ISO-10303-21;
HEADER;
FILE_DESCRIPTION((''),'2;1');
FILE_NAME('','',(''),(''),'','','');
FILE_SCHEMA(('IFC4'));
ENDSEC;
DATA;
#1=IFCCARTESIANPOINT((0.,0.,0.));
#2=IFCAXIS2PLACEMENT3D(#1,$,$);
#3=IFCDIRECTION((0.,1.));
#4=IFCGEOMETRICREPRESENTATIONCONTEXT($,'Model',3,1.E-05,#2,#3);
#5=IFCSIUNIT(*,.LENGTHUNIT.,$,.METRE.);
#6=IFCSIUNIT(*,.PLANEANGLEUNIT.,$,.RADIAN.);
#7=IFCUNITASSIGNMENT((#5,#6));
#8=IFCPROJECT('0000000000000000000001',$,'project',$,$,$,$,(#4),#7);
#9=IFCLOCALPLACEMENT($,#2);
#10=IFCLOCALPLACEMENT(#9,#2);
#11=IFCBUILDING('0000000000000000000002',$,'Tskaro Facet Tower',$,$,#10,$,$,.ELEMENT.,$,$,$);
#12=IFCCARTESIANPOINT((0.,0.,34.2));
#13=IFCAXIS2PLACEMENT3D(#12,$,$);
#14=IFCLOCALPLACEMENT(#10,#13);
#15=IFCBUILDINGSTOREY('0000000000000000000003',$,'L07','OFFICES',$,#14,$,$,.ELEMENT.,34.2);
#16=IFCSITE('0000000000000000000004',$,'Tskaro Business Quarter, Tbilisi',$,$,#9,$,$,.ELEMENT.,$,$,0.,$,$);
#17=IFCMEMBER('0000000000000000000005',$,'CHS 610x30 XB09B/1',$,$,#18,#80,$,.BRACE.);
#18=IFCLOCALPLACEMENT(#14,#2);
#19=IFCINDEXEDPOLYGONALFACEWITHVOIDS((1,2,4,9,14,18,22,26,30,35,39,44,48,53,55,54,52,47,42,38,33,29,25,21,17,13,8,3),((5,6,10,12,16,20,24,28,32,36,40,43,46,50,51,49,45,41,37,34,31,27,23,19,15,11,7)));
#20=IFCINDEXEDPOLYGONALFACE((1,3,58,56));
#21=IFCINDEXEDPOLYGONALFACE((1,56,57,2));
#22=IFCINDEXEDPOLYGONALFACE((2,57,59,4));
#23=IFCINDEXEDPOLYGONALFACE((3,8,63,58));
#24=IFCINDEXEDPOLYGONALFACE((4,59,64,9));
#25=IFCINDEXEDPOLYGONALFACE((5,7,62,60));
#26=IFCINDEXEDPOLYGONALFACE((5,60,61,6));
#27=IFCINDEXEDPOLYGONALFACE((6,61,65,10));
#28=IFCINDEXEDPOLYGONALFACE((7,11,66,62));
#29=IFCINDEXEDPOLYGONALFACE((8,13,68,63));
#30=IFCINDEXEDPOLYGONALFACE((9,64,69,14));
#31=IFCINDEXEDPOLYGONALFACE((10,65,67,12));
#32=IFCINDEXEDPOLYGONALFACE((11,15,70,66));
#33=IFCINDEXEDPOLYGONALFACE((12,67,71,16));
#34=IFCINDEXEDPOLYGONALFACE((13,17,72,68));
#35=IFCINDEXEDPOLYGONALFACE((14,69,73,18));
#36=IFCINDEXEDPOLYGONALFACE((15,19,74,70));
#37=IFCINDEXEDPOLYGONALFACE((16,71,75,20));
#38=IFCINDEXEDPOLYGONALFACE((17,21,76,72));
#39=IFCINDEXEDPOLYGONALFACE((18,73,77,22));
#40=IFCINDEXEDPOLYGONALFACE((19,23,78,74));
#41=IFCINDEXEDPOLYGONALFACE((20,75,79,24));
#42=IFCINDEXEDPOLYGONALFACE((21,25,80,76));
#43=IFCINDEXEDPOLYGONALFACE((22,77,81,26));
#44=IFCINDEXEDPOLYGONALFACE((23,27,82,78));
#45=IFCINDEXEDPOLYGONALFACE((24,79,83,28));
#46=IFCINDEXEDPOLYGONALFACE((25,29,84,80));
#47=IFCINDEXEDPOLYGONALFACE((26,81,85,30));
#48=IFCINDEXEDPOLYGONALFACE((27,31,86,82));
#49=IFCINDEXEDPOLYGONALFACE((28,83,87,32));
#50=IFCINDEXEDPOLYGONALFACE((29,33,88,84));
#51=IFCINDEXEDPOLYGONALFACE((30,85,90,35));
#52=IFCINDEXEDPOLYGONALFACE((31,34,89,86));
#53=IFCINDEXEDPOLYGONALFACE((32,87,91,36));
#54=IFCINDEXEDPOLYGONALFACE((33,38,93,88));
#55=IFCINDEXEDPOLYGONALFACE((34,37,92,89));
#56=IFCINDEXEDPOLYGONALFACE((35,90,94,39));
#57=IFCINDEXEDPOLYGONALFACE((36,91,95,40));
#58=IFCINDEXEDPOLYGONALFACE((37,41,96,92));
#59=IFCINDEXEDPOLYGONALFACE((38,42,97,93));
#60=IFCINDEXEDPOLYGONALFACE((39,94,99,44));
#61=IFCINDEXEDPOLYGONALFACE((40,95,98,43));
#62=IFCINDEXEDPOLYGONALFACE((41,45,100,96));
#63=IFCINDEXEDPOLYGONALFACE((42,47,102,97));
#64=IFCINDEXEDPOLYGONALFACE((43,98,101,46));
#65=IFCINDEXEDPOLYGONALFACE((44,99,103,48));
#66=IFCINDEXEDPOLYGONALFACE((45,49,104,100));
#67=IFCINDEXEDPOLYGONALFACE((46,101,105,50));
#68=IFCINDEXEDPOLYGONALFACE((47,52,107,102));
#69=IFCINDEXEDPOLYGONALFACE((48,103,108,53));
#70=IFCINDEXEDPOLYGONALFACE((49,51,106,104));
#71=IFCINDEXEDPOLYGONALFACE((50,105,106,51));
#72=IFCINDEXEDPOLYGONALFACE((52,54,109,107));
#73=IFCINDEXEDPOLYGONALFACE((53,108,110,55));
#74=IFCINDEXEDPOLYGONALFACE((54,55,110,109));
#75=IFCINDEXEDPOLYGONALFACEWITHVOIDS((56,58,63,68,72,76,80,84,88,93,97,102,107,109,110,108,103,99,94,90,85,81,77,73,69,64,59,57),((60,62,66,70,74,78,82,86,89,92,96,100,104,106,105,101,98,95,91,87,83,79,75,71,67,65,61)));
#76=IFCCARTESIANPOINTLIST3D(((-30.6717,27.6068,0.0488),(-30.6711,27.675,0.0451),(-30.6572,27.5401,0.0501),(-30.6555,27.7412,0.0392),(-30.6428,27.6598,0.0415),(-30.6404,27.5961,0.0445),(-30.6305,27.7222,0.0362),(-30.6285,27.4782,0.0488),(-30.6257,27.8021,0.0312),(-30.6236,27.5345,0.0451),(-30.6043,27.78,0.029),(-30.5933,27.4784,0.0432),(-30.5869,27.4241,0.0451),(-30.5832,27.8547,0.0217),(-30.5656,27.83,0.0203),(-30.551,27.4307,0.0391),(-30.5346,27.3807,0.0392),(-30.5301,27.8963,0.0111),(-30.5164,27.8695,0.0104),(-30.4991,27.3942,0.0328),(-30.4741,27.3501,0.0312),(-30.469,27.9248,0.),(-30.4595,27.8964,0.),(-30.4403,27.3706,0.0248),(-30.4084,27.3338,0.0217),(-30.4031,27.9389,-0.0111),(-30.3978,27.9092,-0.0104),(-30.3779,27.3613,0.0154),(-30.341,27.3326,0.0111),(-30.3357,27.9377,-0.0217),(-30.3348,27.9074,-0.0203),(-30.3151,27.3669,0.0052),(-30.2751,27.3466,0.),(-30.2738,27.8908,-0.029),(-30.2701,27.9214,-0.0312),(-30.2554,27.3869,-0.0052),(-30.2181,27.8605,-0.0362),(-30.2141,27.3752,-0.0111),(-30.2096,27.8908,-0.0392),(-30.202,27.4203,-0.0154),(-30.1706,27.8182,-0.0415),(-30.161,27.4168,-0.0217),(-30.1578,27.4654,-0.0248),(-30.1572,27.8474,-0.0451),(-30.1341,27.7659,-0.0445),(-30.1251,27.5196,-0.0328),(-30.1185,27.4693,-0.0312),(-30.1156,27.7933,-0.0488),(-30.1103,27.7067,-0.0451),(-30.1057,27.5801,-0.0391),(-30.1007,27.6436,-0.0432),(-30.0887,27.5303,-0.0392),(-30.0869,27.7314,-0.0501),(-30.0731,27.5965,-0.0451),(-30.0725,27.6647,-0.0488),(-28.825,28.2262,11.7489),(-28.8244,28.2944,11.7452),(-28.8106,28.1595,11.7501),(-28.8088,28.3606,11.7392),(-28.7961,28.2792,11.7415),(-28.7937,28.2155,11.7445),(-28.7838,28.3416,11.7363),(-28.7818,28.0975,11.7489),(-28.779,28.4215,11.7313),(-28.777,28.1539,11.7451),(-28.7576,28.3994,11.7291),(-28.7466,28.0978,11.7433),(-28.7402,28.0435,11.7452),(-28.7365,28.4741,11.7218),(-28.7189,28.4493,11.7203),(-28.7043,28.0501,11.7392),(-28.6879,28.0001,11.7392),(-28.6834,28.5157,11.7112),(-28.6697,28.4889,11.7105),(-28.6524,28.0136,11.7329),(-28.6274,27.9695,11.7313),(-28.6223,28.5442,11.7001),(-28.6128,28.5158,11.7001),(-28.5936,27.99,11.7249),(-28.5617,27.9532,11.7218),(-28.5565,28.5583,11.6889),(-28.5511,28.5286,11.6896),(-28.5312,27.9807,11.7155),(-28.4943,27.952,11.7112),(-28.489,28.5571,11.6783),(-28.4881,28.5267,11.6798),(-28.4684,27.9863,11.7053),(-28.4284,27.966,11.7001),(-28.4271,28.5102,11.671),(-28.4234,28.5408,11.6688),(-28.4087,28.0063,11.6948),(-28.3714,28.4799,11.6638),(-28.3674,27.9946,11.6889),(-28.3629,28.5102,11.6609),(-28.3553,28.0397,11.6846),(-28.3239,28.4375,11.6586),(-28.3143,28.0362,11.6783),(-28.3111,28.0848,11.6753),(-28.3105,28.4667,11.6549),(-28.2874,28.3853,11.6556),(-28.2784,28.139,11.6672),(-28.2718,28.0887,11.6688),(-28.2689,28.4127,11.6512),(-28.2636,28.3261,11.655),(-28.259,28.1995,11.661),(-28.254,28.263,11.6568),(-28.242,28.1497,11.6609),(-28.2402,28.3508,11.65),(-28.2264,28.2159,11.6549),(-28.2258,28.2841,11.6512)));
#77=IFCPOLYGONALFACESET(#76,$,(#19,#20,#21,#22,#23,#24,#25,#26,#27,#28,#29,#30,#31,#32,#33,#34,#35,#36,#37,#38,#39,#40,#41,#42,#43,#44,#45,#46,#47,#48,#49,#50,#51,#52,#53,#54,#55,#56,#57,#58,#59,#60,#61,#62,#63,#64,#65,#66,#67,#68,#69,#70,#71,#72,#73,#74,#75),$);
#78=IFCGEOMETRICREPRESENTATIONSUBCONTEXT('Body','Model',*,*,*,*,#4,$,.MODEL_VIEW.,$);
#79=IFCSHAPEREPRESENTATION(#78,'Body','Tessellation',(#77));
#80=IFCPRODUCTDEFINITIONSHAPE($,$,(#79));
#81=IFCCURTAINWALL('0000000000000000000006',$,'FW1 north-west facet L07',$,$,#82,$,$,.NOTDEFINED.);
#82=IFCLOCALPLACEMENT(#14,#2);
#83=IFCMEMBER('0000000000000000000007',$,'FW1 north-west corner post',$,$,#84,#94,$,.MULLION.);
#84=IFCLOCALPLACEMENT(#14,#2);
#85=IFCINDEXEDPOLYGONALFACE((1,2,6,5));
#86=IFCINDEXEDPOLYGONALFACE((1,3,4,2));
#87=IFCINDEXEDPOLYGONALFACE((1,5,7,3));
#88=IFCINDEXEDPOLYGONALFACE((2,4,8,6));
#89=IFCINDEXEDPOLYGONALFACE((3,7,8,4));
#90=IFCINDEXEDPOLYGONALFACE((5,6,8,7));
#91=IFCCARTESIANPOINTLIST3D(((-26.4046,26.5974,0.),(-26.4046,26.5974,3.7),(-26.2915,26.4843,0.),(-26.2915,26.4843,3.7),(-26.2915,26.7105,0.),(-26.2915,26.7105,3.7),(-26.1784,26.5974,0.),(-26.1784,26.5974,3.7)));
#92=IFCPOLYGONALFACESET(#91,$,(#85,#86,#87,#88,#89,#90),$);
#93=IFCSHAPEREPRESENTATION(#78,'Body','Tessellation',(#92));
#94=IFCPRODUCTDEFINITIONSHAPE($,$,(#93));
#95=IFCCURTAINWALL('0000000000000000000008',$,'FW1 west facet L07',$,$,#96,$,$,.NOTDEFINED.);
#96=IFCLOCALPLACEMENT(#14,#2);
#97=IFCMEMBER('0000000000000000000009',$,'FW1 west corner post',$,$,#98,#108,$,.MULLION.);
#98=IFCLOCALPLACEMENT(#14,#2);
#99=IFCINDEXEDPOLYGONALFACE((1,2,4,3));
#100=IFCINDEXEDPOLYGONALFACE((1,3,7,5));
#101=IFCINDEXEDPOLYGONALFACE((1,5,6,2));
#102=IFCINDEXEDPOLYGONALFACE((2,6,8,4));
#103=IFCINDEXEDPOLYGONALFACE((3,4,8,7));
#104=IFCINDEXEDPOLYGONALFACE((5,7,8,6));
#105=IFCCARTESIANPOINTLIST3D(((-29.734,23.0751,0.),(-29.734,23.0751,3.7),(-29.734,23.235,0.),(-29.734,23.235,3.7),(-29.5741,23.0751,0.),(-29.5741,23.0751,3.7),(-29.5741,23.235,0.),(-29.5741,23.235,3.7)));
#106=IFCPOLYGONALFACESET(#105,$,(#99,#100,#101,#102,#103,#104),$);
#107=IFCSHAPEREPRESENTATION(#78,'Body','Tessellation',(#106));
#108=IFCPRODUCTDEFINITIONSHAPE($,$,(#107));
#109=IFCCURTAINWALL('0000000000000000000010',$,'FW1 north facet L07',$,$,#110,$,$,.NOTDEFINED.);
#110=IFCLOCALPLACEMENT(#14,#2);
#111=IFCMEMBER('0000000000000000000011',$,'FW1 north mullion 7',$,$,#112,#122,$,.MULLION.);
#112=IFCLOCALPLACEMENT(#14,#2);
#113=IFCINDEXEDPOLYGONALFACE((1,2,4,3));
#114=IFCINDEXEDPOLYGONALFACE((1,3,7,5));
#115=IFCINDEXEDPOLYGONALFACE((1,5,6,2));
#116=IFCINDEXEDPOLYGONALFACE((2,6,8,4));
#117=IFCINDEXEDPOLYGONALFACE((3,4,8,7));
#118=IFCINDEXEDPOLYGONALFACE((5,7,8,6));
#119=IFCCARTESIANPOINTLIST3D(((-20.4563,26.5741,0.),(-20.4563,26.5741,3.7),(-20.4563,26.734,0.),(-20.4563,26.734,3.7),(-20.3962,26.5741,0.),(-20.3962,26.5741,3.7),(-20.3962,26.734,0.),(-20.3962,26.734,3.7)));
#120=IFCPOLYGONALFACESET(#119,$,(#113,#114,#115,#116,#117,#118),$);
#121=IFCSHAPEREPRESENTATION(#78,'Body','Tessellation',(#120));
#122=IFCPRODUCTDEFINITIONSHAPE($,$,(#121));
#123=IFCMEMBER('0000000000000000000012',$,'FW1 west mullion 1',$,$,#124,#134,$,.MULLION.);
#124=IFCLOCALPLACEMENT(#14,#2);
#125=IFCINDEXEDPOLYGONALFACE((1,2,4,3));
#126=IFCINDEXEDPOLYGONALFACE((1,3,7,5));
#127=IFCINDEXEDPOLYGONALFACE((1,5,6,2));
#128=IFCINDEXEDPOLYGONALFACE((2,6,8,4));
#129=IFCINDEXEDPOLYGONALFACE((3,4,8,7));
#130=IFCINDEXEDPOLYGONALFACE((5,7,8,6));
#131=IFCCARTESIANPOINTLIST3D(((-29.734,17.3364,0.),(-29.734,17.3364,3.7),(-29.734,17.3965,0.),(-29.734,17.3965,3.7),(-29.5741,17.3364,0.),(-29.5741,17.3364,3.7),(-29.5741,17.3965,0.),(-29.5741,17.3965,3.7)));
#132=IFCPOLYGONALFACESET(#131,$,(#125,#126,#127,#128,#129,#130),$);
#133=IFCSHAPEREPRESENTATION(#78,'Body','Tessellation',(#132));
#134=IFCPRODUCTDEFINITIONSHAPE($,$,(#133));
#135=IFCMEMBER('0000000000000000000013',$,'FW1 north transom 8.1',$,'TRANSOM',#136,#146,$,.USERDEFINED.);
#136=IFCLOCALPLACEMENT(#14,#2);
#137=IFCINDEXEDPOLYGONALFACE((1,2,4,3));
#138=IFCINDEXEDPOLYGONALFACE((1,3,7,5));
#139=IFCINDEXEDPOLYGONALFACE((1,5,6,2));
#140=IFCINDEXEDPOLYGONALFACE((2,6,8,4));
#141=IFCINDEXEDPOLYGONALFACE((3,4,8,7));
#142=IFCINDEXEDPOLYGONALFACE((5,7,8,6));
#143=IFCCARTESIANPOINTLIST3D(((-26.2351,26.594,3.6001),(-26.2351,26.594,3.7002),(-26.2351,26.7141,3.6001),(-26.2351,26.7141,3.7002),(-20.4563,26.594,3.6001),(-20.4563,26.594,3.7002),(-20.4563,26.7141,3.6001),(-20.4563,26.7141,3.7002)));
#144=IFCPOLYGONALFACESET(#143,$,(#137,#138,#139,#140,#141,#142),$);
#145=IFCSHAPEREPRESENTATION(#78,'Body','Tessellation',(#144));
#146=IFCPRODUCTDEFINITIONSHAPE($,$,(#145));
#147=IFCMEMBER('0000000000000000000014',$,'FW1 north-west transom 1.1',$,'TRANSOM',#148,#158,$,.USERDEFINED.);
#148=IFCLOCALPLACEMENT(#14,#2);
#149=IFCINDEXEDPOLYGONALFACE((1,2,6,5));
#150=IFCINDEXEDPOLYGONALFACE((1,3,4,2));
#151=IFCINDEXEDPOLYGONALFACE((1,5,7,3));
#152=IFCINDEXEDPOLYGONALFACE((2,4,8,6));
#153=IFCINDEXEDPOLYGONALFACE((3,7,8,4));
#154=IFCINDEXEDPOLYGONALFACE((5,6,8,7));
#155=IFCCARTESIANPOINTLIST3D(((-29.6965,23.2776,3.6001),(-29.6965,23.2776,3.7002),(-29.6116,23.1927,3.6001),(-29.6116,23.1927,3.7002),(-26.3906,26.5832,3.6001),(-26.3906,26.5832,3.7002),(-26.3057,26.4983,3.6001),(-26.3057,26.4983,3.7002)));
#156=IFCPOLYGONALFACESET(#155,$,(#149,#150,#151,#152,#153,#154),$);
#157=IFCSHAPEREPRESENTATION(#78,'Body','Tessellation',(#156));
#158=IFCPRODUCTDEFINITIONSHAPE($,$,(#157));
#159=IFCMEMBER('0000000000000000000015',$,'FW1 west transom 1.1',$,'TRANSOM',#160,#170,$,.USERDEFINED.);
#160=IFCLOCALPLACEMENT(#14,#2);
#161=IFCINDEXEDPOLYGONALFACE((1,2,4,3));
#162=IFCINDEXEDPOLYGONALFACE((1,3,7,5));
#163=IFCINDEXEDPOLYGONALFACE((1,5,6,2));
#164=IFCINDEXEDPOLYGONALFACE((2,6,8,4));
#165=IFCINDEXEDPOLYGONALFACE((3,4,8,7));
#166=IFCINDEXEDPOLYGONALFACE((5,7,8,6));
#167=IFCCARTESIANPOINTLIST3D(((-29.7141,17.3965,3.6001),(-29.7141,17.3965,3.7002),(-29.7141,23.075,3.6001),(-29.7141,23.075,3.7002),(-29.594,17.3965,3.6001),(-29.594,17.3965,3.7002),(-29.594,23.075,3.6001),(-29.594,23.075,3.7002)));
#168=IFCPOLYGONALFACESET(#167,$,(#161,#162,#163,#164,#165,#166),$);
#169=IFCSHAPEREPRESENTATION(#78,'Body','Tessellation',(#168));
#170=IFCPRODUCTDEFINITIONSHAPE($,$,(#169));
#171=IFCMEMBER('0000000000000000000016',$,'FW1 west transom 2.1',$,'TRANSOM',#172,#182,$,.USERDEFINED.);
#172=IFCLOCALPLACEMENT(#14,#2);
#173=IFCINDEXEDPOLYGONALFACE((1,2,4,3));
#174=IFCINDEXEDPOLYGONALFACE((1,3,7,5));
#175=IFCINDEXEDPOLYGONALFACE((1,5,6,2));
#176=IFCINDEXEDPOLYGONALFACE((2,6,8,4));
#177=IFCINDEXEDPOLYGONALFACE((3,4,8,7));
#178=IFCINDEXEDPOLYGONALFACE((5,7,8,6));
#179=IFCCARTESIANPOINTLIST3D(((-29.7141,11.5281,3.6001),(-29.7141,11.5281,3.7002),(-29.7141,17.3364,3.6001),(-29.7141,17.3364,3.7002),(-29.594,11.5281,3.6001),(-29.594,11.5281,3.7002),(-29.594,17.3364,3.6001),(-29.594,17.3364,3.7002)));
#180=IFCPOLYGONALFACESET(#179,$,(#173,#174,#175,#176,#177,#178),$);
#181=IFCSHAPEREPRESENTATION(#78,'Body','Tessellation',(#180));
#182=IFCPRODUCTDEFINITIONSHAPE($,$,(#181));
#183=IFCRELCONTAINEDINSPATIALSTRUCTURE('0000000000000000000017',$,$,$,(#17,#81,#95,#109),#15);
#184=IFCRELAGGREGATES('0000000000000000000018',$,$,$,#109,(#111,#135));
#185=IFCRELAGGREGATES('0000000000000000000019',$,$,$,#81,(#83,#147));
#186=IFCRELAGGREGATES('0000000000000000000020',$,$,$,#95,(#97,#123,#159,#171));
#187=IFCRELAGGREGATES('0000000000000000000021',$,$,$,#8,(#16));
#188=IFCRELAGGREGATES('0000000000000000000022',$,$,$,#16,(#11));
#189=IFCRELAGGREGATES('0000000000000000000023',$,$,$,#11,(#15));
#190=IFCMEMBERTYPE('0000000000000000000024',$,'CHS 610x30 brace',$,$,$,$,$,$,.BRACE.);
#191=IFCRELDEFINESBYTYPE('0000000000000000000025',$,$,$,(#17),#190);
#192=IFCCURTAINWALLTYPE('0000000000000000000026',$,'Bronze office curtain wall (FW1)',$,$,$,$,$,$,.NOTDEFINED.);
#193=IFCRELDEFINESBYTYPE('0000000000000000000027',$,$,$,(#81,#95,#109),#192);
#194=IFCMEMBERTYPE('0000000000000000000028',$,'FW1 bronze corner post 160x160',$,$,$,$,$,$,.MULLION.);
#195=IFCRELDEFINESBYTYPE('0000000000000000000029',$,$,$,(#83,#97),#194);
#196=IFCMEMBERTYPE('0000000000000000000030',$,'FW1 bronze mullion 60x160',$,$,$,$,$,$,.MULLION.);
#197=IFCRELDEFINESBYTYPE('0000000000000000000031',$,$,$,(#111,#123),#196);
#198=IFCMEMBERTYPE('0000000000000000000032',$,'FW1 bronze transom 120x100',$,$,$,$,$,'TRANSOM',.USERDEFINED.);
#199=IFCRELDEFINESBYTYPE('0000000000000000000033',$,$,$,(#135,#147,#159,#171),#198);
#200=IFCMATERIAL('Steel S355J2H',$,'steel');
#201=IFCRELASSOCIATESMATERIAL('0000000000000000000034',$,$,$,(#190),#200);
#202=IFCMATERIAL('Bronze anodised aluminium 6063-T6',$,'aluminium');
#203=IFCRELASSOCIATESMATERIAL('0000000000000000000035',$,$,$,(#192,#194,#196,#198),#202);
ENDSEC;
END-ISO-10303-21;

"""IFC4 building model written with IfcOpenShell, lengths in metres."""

from ifc_helpers import new_model, si_unit, direction, frame, origin, origin_2d, place, context, subcontext, project, spatial, rectangle, hollow_circle, extrude, material, material_profile, profile_set, type_object, element, aggregate, save


model = new_model("IFC4")

# Units and contexts
model_context = context("Model", 3, precision=1e-05, world=origin(), true_north=direction((0.0, 1.0)))
body_context = subcontext(model_context, "Body", "Model", "MODEL_VIEW")
ifc_project = project(units=[si_unit("LENGTHUNIT", "METRE"), si_unit("PLANEANGLEUNIT", "RADIAN")], contexts=[model_context])

# Site, building, storey
site_placement = place(None, origin())
site = spatial("IfcSite", under=ifc_project, at=site_placement, Name="Tskaro Business Quarter, Tbilisi", CompositionType="ELEMENT", RefElevation=0.0)
building_placement = place(site_placement, origin())
building = spatial("IfcBuilding", under=site, at=building_placement, Name="Tskaro Facet Tower", CompositionType="ELEMENT")
storey_placement = place(building_placement, frame((0.0, 0.0, 34.2)))
storey = spatial("IfcBuildingStorey", under=building, at=storey_placement, Name="L07", Description="OFFICES", CompositionType="ELEMENT", Elevation=34.2)

# Shared definitions
ifc_material_1 = material(Name="Steel S355J2H", Category="steel")

# Member
ifc_material_profile_1 = material_profile(ifc_material_1, hollow_circle(Radius=0.3049, WallThickness=0.03, at=origin_2d()), Name="CHS 610x30")
ifc_profile_set_1 = profile_set([ifc_material_profile_1], Name="Steel S355J2H")
member_type_1 = type_object("IfcMemberType", Name="CHS 610x30 brace", PredefinedType="BRACE", material=ifc_profile_set_1)
for number, where, z_axis, x_axis, name in (
    (1, (-30.3721, 27.6357, 0.0), (0.155694, 0.05222, 0.986424), (-0.317995, 0.948093, 0.0), "CHS 610x30 XB09B/1"),
):
    element("IfcMember", number, at=place(storey_placement, frame(where, z_axis=z_axis, x_axis=x_axis)), inside=storey, type_object=member_type_1, Name=name, PredefinedType="BRACE", context=body_context, shape_type="SweptSolid", body=[
        extrude(hollow_circle(Radius=0.3049, WallThickness=0.03, at=origin_2d()), origin(), (0.0, 0.0, 1.0), 11.8611),
    ])

# Curtain walls, members
ifc_material_2 = material(Name="Bronze anodised aluminium 6063-T6", Category="aluminium")
curtain_wall_type = type_object("IfcCurtainWallType", Name="Bronze office curtain wall (FW1)", PredefinedType="NOTDEFINED", material=ifc_material_2)
curtain_wall_1_placement = place(storey_placement, origin())
curtain_wall_1 = element("IfcCurtainWall", 2, at=curtain_wall_1_placement, inside=storey, type_object=curtain_wall_type, Name="FW1 north-west facet L07", PredefinedType="NOTDEFINED")
ifc_material_profile_2 = material_profile(ifc_material_2, rectangle(XDim=0.1599, YDim=0.1599, at=origin_2d()), Name="Corner post 160x160")
ifc_profile_set_2 = profile_set([ifc_material_profile_2], Name="Bronze anodised aluminium 6063-T6")
member_type_2 = type_object("IfcMemberType", Name="FW1 bronze corner post 160x160", PredefinedType="MULLION", material=ifc_profile_set_2)
member_1_placement = place(storey_placement, frame((-26.2915, 26.5974, 0.0), z_axis=(0.0, 0.0, 1.0), x_axis=(-0.707107, -0.707107, 0.0)))
member_1 = element("IfcMember", 3, at=member_1_placement, type_object=member_type_2, Name="FW1 north-west corner post", PredefinedType="MULLION", context=body_context, shape_type="SweptSolid", body=[
    extrude(rectangle(XDim=0.1599, YDim=0.1599, at=origin_2d()), origin(), (0.0, 0.0, 1.0), 3.7),
])
curtain_wall_2_placement = place(storey_placement, origin())
curtain_wall_2 = element("IfcCurtainWall", 4, at=curtain_wall_2_placement, inside=storey, type_object=curtain_wall_type, Name="FW1 west facet L07", PredefinedType="NOTDEFINED")
member_2_placement = place(storey_placement, frame((-29.6541, 23.155, 0.0), z_axis=(0.0, 0.0, 1.0), x_axis=(0.0, -1.0, 0.0)))
member_2 = element("IfcMember", 5, at=member_2_placement, type_object=member_type_2, Name="FW1 west corner post", PredefinedType="MULLION", context=body_context, shape_type="SweptSolid", body=[
    extrude(rectangle(XDim=0.1599, YDim=0.1599, at=origin_2d()), origin(), (0.0, 0.0, 1.0), 3.7),
])
curtain_wall_3_placement = place(storey_placement, origin())
curtain_wall_3 = element("IfcCurtainWall", 6, at=curtain_wall_3_placement, inside=storey, type_object=curtain_wall_type, Name="FW1 north facet L07", PredefinedType="NOTDEFINED")
ifc_material_profile_3 = material_profile(ifc_material_2, rectangle(XDim=0.0601, YDim=0.1599, at=origin_2d()), Name="Mullion 60x160")
ifc_profile_set_3 = profile_set([ifc_material_profile_3], Name="Bronze anodised aluminium 6063-T6")
member_type_3 = type_object("IfcMemberType", Name="FW1 bronze mullion 60x160", PredefinedType="MULLION", material=ifc_profile_set_3)
member_3_placement = place(storey_placement, frame((-20.4263, 26.6541, 0.0), z_axis=(0.0, 0.0, 1.0), x_axis=(-1.0, 0.0, 0.0)))
member_3 = element("IfcMember", 7, at=member_3_placement, type_object=member_type_3, Name="FW1 north mullion 7", PredefinedType="MULLION", context=body_context, shape_type="SweptSolid", body=[
    extrude(rectangle(XDim=0.0601, YDim=0.1599, at=origin_2d()), origin(), (0.0, 0.0, 1.0), 3.7),
])

# Members
member_4_placement = place(storey_placement, frame((-29.6541, 17.3665, 0.0), z_axis=(0.0, 0.0, 1.0), x_axis=(0.0, -1.0, 0.0)))
member_4 = element("IfcMember", 8, at=member_4_placement, type_object=member_type_3, Name="FW1 west mullion 1", PredefinedType="MULLION", context=body_context, shape_type="SweptSolid", body=[
    extrude(rectangle(XDim=0.0601, YDim=0.1599, at=origin_2d()), origin(), (0.0, 0.0, 1.0), 3.7),
])
ifc_material_profile_4 = material_profile(ifc_material_2, rectangle(XDim=0.1201, YDim=0.1001, at=origin_2d()), Name="Transom 120x100")
ifc_profile_set_4 = profile_set([ifc_material_profile_4], Name="Bronze anodised aluminium 6063-T6")
member_type_4 = type_object("IfcMemberType", Name="FW1 bronze transom 120x100", ElementType="TRANSOM", PredefinedType="USERDEFINED", material=ifc_profile_set_4)
member_5_placement = place(storey_placement, frame((-20.4563, 26.6541, 3.6501), z_axis=(-1.0, 0.0, 0.0), x_axis=(0.0, -1.0, 0.0)))
member_5 = element("IfcMember", 9, at=member_5_placement, type_object=member_type_4, Name="FW1 north transom 8.1", ObjectType="TRANSOM", PredefinedType="USERDEFINED", context=body_context, shape_type="SweptSolid", body=[
    extrude(rectangle(XDim=0.1201, YDim=0.1001, at=origin_2d()), origin(), (0.0, 0.0, 1.0), 5.7788),
])
member_6_placement = place(storey_placement, frame((-26.3481, 26.5408, 3.6501), z_axis=(-0.707133, -0.707081, 0.0), x_axis=(0.707081, -0.707133, 0.0)))
member_6 = element("IfcMember", 10, at=member_6_placement, type_object=member_type_4, Name="FW1 north-west transom 1.1", ObjectType="TRANSOM", PredefinedType="USERDEFINED", context=body_context, shape_type="SweptSolid", body=[
    extrude(rectangle(XDim=0.1201, YDim=0.1001, at=origin_2d()), origin(), (0.0, 0.0, 1.0), 4.675),
])
member_7_placement = place(storey_placement, frame((-29.6541, 23.075, 3.6501), z_axis=(0.0, -1.0, 0.0), x_axis=(1.0, 0.0, 0.0)))
member_7 = element("IfcMember", 11, at=member_7_placement, type_object=member_type_4, Name="FW1 west transom 1.1", ObjectType="TRANSOM", PredefinedType="USERDEFINED", context=body_context, shape_type="SweptSolid", body=[
    extrude(rectangle(XDim=0.1201, YDim=0.1001, at=origin_2d()), origin(), (0.0, 0.0, 1.0), 5.6785),
])
member_8_placement = place(storey_placement, frame((-29.6541, 17.3364, 3.6501), z_axis=(0.0, -1.0, 0.0), x_axis=(1.0, 0.0, 0.0)))
member_8 = element("IfcMember", 12, at=member_8_placement, type_object=member_type_4, Name="FW1 west transom 2.1", ObjectType="TRANSOM", PredefinedType="USERDEFINED", context=body_context, shape_type="SweptSolid", body=[
    extrude(rectangle(XDim=0.1201, YDim=0.1001, at=origin_2d()), origin(), (0.0, 0.0, 1.0), 5.8083),
])

aggregate(curtain_wall_3, [member_3, member_5])
aggregate(curtain_wall_1, [member_1, member_6])
aggregate(curtain_wall_2, [member_2, member_4, member_7, member_8])

save(model, "model.ifc")
